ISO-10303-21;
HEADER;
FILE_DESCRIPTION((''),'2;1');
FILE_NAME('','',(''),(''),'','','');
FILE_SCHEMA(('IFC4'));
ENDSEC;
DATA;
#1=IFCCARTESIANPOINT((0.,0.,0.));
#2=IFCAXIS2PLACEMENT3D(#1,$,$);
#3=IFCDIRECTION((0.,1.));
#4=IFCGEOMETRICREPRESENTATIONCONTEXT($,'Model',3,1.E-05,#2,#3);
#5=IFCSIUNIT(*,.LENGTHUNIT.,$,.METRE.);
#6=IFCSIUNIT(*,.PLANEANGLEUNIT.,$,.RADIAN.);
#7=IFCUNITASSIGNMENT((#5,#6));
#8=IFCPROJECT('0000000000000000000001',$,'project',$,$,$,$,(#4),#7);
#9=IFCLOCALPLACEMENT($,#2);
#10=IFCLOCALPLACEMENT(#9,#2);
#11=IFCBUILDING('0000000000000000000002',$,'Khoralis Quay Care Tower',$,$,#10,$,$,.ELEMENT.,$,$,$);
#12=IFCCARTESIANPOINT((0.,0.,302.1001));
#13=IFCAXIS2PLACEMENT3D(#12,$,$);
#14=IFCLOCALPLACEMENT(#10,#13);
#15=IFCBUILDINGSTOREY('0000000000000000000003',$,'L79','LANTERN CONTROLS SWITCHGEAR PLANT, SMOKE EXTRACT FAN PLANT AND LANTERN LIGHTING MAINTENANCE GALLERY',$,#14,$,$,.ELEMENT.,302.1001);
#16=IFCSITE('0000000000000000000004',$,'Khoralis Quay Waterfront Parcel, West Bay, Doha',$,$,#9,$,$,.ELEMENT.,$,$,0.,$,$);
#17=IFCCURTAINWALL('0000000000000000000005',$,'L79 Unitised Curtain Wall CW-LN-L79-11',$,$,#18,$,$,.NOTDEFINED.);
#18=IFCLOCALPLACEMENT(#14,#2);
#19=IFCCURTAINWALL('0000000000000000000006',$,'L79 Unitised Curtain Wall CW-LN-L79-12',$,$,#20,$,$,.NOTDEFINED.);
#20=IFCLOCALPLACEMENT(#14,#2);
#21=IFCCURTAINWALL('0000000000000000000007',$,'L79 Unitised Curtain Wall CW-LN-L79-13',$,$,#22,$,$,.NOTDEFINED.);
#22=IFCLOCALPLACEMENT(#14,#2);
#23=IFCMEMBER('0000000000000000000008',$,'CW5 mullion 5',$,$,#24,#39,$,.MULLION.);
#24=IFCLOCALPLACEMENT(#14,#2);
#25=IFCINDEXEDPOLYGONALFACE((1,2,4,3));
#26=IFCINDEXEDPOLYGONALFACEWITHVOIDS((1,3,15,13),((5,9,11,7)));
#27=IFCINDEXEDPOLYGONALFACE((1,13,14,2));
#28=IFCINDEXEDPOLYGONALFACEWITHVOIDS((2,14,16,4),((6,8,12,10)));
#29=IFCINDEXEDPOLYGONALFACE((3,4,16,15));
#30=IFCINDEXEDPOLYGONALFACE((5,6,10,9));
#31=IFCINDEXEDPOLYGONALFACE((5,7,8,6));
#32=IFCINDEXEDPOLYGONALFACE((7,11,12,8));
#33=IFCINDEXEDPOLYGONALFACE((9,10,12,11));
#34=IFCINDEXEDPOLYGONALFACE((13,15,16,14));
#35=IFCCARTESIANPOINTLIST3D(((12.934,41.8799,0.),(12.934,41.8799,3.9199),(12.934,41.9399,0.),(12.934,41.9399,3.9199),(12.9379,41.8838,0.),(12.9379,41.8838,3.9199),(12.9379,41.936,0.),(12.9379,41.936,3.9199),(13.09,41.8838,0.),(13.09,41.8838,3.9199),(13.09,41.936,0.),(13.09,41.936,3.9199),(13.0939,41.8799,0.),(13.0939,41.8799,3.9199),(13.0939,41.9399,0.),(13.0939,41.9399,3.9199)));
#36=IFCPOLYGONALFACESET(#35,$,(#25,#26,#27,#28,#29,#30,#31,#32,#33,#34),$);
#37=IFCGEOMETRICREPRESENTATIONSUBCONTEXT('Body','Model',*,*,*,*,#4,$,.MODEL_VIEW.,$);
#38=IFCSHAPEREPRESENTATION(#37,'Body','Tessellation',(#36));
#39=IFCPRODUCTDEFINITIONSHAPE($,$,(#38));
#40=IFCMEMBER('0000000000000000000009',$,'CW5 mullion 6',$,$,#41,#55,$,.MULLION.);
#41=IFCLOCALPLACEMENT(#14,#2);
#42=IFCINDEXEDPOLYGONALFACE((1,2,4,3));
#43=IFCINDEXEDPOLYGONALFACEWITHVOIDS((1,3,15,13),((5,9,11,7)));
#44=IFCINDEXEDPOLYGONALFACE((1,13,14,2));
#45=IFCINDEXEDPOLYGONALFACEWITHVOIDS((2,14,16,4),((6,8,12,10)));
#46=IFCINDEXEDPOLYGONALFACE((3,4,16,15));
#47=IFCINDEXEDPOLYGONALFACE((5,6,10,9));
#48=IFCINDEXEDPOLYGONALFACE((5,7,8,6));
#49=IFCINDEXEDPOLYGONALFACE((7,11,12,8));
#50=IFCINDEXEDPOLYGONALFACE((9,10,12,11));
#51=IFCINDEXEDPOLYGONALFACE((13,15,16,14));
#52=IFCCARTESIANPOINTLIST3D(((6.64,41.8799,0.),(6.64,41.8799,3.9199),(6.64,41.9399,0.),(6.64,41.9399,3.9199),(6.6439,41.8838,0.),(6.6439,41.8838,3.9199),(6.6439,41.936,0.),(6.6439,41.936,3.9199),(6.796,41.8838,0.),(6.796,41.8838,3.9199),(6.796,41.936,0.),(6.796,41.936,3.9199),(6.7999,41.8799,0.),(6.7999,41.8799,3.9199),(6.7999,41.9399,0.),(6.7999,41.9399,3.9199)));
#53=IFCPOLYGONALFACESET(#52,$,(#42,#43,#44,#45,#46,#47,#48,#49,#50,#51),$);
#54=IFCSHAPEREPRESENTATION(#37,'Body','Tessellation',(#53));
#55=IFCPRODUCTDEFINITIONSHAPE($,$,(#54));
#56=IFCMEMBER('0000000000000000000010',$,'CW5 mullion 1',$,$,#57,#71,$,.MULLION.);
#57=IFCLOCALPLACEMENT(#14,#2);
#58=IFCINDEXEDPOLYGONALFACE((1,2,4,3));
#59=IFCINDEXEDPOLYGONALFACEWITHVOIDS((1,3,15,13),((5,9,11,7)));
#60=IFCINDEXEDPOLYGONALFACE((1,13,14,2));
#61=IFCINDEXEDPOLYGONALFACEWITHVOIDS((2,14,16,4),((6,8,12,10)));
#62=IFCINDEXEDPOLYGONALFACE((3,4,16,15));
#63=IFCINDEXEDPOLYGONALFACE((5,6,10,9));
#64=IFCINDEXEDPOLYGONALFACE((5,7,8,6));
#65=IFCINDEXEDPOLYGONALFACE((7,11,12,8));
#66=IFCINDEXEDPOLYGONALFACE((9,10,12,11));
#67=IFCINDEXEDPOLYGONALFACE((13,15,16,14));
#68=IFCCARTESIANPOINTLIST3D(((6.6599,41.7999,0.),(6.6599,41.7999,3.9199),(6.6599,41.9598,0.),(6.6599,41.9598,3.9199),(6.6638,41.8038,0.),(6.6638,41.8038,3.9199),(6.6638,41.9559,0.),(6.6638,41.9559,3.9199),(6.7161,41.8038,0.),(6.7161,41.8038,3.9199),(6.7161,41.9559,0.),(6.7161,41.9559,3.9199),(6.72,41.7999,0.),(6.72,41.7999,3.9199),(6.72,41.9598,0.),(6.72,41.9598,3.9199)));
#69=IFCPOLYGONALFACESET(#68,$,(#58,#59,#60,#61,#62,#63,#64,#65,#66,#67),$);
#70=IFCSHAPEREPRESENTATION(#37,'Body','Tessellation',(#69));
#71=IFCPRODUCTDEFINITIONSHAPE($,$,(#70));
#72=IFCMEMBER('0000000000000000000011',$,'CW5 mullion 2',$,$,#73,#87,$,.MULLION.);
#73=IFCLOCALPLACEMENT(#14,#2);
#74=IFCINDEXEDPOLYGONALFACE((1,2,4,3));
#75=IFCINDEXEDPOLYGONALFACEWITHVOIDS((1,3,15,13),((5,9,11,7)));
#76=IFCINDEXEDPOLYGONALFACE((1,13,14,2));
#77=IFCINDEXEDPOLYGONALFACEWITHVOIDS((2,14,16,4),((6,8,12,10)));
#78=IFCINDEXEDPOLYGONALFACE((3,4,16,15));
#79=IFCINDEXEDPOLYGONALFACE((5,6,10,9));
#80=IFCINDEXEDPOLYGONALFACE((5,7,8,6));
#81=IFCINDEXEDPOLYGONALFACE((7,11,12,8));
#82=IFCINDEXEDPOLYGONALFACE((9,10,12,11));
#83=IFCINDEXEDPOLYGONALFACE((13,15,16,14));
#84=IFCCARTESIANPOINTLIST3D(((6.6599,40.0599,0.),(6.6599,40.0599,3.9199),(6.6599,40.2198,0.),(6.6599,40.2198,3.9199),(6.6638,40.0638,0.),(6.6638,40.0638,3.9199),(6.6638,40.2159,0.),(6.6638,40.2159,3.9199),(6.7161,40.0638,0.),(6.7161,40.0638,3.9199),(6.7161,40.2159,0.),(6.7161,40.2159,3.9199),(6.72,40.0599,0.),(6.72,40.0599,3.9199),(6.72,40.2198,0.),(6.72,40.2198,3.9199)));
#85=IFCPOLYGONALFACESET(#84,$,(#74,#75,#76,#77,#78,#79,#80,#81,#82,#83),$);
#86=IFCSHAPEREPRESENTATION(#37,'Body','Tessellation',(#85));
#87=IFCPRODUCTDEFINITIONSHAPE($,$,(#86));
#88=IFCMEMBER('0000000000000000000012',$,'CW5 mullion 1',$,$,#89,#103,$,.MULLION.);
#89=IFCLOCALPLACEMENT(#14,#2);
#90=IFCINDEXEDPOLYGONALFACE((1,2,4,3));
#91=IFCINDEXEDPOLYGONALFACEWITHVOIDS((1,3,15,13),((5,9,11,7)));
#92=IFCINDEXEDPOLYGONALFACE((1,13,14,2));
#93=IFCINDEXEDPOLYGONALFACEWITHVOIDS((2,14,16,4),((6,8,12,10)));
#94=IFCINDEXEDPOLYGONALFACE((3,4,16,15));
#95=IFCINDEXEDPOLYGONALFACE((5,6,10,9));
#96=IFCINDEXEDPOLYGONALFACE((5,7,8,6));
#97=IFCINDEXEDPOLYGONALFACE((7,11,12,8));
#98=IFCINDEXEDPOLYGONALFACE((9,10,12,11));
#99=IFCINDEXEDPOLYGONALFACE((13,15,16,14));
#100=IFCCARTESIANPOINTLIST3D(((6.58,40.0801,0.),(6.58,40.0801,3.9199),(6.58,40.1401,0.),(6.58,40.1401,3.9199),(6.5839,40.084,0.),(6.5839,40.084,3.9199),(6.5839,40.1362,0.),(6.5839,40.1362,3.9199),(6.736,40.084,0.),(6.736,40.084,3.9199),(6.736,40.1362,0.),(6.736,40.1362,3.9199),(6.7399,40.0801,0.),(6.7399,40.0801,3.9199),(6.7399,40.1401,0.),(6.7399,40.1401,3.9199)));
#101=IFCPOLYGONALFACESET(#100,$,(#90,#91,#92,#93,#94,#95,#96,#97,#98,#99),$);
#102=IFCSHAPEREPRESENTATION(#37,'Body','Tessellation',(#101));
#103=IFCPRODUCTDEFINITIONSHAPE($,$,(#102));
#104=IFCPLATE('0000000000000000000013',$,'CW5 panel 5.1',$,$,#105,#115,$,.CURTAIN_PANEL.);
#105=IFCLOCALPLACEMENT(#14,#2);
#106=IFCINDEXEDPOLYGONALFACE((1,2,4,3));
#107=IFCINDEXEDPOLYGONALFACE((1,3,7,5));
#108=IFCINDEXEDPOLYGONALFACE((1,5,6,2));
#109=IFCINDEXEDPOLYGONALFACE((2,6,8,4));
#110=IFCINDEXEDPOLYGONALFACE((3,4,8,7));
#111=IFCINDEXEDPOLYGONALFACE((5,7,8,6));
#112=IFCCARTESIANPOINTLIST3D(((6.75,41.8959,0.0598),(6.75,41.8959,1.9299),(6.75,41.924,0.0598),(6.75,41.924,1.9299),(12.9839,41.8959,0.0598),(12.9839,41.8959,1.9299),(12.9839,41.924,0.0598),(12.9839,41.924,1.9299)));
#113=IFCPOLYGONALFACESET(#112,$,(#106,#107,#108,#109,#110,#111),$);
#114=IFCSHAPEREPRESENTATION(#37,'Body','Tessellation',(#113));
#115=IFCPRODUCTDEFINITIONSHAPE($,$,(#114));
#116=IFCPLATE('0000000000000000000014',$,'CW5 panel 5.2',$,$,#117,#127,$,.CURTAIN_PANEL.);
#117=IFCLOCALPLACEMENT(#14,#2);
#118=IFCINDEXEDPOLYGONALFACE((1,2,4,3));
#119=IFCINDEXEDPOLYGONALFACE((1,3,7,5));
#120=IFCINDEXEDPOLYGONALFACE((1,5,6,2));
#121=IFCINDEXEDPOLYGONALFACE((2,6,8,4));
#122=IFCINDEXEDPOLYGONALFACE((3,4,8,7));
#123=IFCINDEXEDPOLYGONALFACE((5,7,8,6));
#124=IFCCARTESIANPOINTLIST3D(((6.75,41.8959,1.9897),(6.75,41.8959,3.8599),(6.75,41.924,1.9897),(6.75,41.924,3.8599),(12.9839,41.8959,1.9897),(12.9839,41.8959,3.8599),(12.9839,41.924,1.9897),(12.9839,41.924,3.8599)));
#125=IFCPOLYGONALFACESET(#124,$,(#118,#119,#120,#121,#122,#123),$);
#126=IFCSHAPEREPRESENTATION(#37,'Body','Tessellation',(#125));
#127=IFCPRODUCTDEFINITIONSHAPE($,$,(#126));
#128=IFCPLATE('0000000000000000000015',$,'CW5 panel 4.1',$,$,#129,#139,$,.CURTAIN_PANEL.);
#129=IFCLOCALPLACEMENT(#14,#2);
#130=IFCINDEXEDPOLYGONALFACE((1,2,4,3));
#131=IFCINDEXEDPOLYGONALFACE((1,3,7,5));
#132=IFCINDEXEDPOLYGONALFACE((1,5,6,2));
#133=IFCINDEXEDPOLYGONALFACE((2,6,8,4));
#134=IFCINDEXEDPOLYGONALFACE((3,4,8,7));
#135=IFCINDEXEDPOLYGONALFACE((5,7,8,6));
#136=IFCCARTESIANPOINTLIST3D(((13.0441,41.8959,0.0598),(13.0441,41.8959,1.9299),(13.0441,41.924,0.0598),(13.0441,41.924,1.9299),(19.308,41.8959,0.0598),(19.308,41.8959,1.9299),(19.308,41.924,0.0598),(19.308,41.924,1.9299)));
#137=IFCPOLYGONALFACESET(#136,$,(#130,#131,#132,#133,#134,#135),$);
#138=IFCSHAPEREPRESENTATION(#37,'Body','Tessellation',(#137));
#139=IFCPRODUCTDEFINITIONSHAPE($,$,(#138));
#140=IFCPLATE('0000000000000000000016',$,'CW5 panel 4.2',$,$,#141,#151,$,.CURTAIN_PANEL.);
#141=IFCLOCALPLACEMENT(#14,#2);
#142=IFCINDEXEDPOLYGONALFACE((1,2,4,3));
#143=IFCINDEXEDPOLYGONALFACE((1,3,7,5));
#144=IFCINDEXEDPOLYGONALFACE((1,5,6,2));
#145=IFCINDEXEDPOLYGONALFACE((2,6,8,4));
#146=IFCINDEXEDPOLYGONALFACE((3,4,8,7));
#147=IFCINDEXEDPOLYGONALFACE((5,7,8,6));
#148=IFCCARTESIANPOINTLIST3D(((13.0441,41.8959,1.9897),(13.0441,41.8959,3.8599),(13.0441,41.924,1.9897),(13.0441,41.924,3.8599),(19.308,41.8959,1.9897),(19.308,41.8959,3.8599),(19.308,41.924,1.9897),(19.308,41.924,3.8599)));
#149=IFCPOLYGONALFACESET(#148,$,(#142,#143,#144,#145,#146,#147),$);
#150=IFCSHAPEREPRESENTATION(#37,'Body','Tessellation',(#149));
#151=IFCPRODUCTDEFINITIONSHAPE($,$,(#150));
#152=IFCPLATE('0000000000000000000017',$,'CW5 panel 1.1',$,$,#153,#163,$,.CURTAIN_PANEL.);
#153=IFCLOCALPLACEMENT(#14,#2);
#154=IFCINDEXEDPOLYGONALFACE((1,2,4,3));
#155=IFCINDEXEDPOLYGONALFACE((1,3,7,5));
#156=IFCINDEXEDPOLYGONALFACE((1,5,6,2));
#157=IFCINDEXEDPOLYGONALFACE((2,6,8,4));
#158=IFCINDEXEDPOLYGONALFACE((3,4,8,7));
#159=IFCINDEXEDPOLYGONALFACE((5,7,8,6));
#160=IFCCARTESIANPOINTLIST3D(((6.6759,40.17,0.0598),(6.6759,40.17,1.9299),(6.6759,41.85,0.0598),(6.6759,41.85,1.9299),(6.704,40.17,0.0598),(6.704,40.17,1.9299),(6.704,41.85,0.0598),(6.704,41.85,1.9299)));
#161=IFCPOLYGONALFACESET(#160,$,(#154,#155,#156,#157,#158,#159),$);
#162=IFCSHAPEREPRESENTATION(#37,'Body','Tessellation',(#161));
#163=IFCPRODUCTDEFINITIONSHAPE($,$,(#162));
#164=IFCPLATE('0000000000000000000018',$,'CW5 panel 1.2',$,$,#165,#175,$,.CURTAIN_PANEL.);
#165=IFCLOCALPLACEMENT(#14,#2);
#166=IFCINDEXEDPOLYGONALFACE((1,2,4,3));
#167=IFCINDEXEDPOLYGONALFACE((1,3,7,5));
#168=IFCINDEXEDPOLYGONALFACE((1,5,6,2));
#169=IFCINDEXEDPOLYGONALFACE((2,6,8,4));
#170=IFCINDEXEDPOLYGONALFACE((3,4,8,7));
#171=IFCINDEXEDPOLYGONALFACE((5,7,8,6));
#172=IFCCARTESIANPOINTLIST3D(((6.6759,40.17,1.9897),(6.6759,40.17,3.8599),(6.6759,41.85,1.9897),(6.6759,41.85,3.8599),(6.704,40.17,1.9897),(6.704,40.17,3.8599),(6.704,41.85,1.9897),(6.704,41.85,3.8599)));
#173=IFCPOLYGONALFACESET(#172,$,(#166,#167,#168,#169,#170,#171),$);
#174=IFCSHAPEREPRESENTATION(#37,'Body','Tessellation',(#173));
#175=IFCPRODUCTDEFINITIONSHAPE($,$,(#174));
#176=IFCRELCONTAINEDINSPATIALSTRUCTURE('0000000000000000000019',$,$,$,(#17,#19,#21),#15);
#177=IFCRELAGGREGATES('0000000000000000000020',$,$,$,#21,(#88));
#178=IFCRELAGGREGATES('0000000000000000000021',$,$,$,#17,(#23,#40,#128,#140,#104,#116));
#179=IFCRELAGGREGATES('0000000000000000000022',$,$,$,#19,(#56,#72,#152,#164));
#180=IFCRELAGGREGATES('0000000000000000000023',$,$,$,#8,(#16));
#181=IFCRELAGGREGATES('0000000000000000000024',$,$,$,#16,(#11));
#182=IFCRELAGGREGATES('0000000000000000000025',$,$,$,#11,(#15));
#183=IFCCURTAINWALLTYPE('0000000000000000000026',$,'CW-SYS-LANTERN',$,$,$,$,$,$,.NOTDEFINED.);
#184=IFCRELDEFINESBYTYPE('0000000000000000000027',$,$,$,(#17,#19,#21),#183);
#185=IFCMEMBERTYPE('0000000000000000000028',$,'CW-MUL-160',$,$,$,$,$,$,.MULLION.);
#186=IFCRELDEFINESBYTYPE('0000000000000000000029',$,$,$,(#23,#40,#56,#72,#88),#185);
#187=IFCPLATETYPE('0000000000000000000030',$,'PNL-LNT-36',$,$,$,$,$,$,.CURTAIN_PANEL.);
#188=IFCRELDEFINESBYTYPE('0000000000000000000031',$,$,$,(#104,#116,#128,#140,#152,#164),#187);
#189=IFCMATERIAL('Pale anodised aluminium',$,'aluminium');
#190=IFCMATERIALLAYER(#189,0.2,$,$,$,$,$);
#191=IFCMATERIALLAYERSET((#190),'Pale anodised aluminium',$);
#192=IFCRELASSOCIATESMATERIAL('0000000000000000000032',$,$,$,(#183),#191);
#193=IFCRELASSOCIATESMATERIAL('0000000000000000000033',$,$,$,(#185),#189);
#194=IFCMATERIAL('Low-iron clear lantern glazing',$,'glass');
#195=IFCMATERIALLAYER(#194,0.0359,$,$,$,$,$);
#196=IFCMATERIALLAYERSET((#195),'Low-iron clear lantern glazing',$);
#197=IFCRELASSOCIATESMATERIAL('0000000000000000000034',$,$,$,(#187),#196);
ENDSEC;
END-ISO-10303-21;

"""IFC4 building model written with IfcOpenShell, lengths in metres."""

from ifc_helpers import new_model, si_unit, direction, frame, origin, origin_2d, place, context, subcontext, project, spatial, rectangle, hollow_rectangle, extrude, source, transform, mapped, material, layer, layer_set, material_profile, profile_set, type_object, element, aggregate, save


model = new_model("IFC4")

# Units and contexts
model_context = context("Model", 3, precision=1e-05, world=origin(), true_north=direction((0.0, 1.0)))
body_context = subcontext(model_context, "Body", "Model", "MODEL_VIEW")
ifc_project = project(units=[si_unit("LENGTHUNIT", "METRE"), si_unit("PLANEANGLEUNIT", "RADIAN")], contexts=[model_context])

# Site, building, storey
site_placement = place(None, origin())
site = spatial("IfcSite", under=ifc_project, at=site_placement, Name="Khoralis Quay Waterfront Parcel, West Bay, Doha", CompositionType="ELEMENT", RefElevation=0.0)
building_placement = place(site_placement, origin())
building = spatial("IfcBuilding", under=site, at=building_placement, Name="Khoralis Quay Care Tower", CompositionType="ELEMENT")
storey_placement = place(building_placement, frame((0.0, 0.0, 302.1001)))
storey = spatial("IfcBuildingStorey", under=building, at=storey_placement, Name="L79", Description="LANTERN CONTROLS SWITCHGEAR PLANT, SMOKE EXTRACT FAN PLANT AND LANTERN LIGHTING MAINTENANCE GALLERY", CompositionType="ELEMENT", Elevation=302.1001)

# Curtain walls
ifc_material_1 = material(Name="Pale anodised aluminium", Category="aluminium")
ifc_layer_1 = layer(ifc_material_1, 0.2)
ifc_layer_set_1 = layer_set([ifc_layer_1], Name="Pale anodised aluminium")
curtain_wall_type = type_object("IfcCurtainWallType", Name="CW-SYS-LANTERN", PredefinedType="NOTDEFINED", material=ifc_layer_set_1)
curtain_wall_1_placement = place(storey_placement, origin())
curtain_wall_1 = element("IfcCurtainWall", 1, at=curtain_wall_1_placement, inside=storey, type_object=curtain_wall_type, Name="L79 Unitised Curtain Wall CW-LN-L79-11", PredefinedType="NOTDEFINED")
curtain_wall_2_placement = place(storey_placement, origin())
curtain_wall_2 = element("IfcCurtainWall", 2, at=curtain_wall_2_placement, inside=storey, type_object=curtain_wall_type, Name="L79 Unitised Curtain Wall CW-LN-L79-12", PredefinedType="NOTDEFINED")

# Curtain wall
curtain_wall_3_placement = place(storey_placement, origin())
curtain_wall_3 = element("IfcCurtainWall", 3, at=curtain_wall_3_placement, inside=storey, type_object=curtain_wall_type, Name="L79 Unitised Curtain Wall CW-LN-L79-13", PredefinedType="NOTDEFINED")

# Members
ifc_material_profile_1 = material_profile(ifc_material_1, hollow_rectangle(XDim=0.0601, YDim=0.1599, WallThickness=0.0039, at=origin_2d()), Name="Pale anodised aluminium")
ifc_profile_set_1 = profile_set([ifc_material_profile_1], Name="Pale anodised aluminium")
member_type_1 = type_object("IfcMemberType", Name="CW-MUL-160", PredefinedType="MULLION", material=ifc_profile_set_1)
shared_shape_1 = source(origin(), body_context, "Body", "SweptSolid", [
    extrude(hollow_rectangle(XDim=0.0601, YDim=0.1599, WallThickness=0.0039, at=origin_2d()), origin(), (0.0, 0.0, 1.0), 3.9199),
])
member_1_placement = place(storey_placement, frame((13.0139, 41.9099, 0.0), z_axis=(0.0, 0.0, 1.0), x_axis=(0.0, -1.0, 0.0)))
member_1 = element("IfcMember", 4, at=member_1_placement, type_object=member_type_1, Name="CW5 mullion 5", PredefinedType="MULLION", context=body_context, shape_type="MappedRepresentation", body=[
    mapped(shared_shape_1, transform((0.0, 0.0, 0.0), scale=1.0)),
])
member_2_placement = place(storey_placement, frame((6.72, 41.9099, 0.0), z_axis=(0.0, 0.0, 1.0), x_axis=(0.0, -1.0, 0.0)))
member_2 = element("IfcMember", 5, at=member_2_placement, type_object=member_type_1, Name="CW5 mullion 6", PredefinedType="MULLION", context=body_context, shape_type="MappedRepresentation", body=[
    mapped(shared_shape_1, transform((0.0, 0.0, 0.0), scale=1.0)),
])
member_3_placement = place(storey_placement, frame((6.6899, 41.8799, 0.0), z_axis=(0.0, 0.0, 1.0), x_axis=(1.0, 0.0, 0.0)))
member_3 = element("IfcMember", 6, at=member_3_placement, type_object=member_type_1, Name="CW5 mullion 1", PredefinedType="MULLION", context=body_context, shape_type="MappedRepresentation", body=[
    mapped(shared_shape_1, transform((0.0, 0.0, 0.0), scale=1.0)),
])
member_4_placement = place(storey_placement, frame((6.6899, 40.1399, 0.0), z_axis=(0.0, 0.0, 1.0), x_axis=(1.0, 0.0, 0.0)))
member_4 = element("IfcMember", 7, at=member_4_placement, type_object=member_type_1, Name="CW5 mullion 2", PredefinedType="MULLION", context=body_context, shape_type="MappedRepresentation", body=[
    mapped(shared_shape_1, transform((0.0, 0.0, 0.0), scale=1.0)),
])
member_5_placement = place(storey_placement, frame((6.6599, 40.1101, 0.0), z_axis=(0.0, 0.0, 1.0), x_axis=(0.0, -1.0, 0.0)))
member_5 = element("IfcMember", 8, at=member_5_placement, type_object=member_type_1, Name="CW5 mullion 1", PredefinedType="MULLION", context=body_context, shape_type="MappedRepresentation", body=[
    mapped(shared_shape_1, transform((0.0, 0.0, 0.0), scale=1.0)),
])
aggregate(curtain_wall_3, [member_5])

# Plates
ifc_material_2 = material(Name="Low-iron clear lantern glazing", Category="glass")
ifc_layer_2 = layer(ifc_material_2, 0.0359)
ifc_layer_set_2 = layer_set([ifc_layer_2], Name="Low-iron clear lantern glazing")
plate_type = type_object("IfcPlateType", Name="PNL-LNT-36", PredefinedType="CURTAIN_PANEL", material=ifc_layer_set_2)
shared_shape_2 = source(origin(), body_context, "Body", "SweptSolid", [
    extrude(rectangle(XDim=6.2339, YDim=0.0281, at=origin_2d()), origin(), (0.0, 0.0, 1.0), 1.8701),
])
plate_1_placement = place(storey_placement, frame((9.8669, 41.9099, 0.0598), z_axis=(0.0, 0.0, 1.0), x_axis=(-1.0, 0.0, 0.0)))
plate_1 = element("IfcPlate", 9, at=plate_1_placement, type_object=plate_type, Name="CW5 panel 5.1", PredefinedType="CURTAIN_PANEL", context=body_context, shape_type="MappedRepresentation", body=[
    mapped(shared_shape_2, transform((0.0, 0.0, 0.0), scale=1.0)),
])
plate_2_placement = place(storey_placement, frame((9.8669, 41.9099, 1.9897), z_axis=(0.0, 0.0, 1.0), x_axis=(-1.0, 0.0, 0.0)))
plate_2 = element("IfcPlate", 10, at=plate_2_placement, type_object=plate_type, Name="CW5 panel 5.2", PredefinedType="CURTAIN_PANEL", context=body_context, shape_type="MappedRepresentation", body=[
    mapped(shared_shape_2, transform((0.0, 0.0, 0.0), scale=1.0)),
])
shared_shape_3 = source(origin(), body_context, "Body", "SweptSolid", [
    extrude(rectangle(XDim=6.2639, YDim=0.0281, at=origin_2d()), origin(), (0.0, 0.0, 1.0), 1.8701),
])
plate_3_placement = place(storey_placement, frame((16.176, 41.9099, 0.0598), z_axis=(0.0, 0.0, 1.0), x_axis=(-1.0, 0.0, 0.0)))
plate_3 = element("IfcPlate", 11, at=plate_3_placement, type_object=plate_type, Name="CW5 panel 4.1", PredefinedType="CURTAIN_PANEL", context=body_context, shape_type="MappedRepresentation", body=[
    mapped(shared_shape_3, transform((0.0, 0.0, 0.0), scale=1.0)),
])
plate_4_placement = place(storey_placement, frame((16.176, 41.9099, 1.9897), z_axis=(0.0, 0.0, 1.0), x_axis=(-1.0, 0.0, 0.0)))
plate_4 = element("IfcPlate", 12, at=plate_4_placement, type_object=plate_type, Name="CW5 panel 4.2", PredefinedType="CURTAIN_PANEL", context=body_context, shape_type="MappedRepresentation", body=[
    mapped(shared_shape_3, transform((0.0, 0.0, 0.0), scale=1.0)),
])
aggregate(curtain_wall_1, [member_1, member_2, plate_3, plate_4, plate_1, plate_2])
shared_shape_4 = source(origin(), body_context, "Body", "SweptSolid", [
    extrude(rectangle(XDim=1.6799, YDim=0.0281, at=origin_2d()), origin(), (0.0, 0.0, 1.0), 1.8701),
])
plate_5_placement = place(storey_placement, frame((6.6899, 41.01, 0.0598), z_axis=(0.0, 0.0, 1.0), x_axis=(0.0, -1.0, 0.0)))
plate_5 = element("IfcPlate", 13, at=plate_5_placement, type_object=plate_type, Name="CW5 panel 1.1", PredefinedType="CURTAIN_PANEL", context=body_context, shape_type="MappedRepresentation", body=[
    mapped(shared_shape_4, transform((0.0, 0.0, 0.0), scale=1.0)),
])
plate_6_placement = place(storey_placement, frame((6.6899, 41.01, 1.9897), z_axis=(0.0, 0.0, 1.0), x_axis=(0.0, -1.0, 0.0)))
plate_6 = element("IfcPlate", 14, at=plate_6_placement, type_object=plate_type, Name="CW5 panel 1.2", PredefinedType="CURTAIN_PANEL", context=body_context, shape_type="MappedRepresentation", body=[
    mapped(shared_shape_4, transform((0.0, 0.0, 0.0), scale=1.0)),
])
aggregate(curtain_wall_2, [member_3, member_4, plate_5, plate_6])

save(model, "model.ifc")
